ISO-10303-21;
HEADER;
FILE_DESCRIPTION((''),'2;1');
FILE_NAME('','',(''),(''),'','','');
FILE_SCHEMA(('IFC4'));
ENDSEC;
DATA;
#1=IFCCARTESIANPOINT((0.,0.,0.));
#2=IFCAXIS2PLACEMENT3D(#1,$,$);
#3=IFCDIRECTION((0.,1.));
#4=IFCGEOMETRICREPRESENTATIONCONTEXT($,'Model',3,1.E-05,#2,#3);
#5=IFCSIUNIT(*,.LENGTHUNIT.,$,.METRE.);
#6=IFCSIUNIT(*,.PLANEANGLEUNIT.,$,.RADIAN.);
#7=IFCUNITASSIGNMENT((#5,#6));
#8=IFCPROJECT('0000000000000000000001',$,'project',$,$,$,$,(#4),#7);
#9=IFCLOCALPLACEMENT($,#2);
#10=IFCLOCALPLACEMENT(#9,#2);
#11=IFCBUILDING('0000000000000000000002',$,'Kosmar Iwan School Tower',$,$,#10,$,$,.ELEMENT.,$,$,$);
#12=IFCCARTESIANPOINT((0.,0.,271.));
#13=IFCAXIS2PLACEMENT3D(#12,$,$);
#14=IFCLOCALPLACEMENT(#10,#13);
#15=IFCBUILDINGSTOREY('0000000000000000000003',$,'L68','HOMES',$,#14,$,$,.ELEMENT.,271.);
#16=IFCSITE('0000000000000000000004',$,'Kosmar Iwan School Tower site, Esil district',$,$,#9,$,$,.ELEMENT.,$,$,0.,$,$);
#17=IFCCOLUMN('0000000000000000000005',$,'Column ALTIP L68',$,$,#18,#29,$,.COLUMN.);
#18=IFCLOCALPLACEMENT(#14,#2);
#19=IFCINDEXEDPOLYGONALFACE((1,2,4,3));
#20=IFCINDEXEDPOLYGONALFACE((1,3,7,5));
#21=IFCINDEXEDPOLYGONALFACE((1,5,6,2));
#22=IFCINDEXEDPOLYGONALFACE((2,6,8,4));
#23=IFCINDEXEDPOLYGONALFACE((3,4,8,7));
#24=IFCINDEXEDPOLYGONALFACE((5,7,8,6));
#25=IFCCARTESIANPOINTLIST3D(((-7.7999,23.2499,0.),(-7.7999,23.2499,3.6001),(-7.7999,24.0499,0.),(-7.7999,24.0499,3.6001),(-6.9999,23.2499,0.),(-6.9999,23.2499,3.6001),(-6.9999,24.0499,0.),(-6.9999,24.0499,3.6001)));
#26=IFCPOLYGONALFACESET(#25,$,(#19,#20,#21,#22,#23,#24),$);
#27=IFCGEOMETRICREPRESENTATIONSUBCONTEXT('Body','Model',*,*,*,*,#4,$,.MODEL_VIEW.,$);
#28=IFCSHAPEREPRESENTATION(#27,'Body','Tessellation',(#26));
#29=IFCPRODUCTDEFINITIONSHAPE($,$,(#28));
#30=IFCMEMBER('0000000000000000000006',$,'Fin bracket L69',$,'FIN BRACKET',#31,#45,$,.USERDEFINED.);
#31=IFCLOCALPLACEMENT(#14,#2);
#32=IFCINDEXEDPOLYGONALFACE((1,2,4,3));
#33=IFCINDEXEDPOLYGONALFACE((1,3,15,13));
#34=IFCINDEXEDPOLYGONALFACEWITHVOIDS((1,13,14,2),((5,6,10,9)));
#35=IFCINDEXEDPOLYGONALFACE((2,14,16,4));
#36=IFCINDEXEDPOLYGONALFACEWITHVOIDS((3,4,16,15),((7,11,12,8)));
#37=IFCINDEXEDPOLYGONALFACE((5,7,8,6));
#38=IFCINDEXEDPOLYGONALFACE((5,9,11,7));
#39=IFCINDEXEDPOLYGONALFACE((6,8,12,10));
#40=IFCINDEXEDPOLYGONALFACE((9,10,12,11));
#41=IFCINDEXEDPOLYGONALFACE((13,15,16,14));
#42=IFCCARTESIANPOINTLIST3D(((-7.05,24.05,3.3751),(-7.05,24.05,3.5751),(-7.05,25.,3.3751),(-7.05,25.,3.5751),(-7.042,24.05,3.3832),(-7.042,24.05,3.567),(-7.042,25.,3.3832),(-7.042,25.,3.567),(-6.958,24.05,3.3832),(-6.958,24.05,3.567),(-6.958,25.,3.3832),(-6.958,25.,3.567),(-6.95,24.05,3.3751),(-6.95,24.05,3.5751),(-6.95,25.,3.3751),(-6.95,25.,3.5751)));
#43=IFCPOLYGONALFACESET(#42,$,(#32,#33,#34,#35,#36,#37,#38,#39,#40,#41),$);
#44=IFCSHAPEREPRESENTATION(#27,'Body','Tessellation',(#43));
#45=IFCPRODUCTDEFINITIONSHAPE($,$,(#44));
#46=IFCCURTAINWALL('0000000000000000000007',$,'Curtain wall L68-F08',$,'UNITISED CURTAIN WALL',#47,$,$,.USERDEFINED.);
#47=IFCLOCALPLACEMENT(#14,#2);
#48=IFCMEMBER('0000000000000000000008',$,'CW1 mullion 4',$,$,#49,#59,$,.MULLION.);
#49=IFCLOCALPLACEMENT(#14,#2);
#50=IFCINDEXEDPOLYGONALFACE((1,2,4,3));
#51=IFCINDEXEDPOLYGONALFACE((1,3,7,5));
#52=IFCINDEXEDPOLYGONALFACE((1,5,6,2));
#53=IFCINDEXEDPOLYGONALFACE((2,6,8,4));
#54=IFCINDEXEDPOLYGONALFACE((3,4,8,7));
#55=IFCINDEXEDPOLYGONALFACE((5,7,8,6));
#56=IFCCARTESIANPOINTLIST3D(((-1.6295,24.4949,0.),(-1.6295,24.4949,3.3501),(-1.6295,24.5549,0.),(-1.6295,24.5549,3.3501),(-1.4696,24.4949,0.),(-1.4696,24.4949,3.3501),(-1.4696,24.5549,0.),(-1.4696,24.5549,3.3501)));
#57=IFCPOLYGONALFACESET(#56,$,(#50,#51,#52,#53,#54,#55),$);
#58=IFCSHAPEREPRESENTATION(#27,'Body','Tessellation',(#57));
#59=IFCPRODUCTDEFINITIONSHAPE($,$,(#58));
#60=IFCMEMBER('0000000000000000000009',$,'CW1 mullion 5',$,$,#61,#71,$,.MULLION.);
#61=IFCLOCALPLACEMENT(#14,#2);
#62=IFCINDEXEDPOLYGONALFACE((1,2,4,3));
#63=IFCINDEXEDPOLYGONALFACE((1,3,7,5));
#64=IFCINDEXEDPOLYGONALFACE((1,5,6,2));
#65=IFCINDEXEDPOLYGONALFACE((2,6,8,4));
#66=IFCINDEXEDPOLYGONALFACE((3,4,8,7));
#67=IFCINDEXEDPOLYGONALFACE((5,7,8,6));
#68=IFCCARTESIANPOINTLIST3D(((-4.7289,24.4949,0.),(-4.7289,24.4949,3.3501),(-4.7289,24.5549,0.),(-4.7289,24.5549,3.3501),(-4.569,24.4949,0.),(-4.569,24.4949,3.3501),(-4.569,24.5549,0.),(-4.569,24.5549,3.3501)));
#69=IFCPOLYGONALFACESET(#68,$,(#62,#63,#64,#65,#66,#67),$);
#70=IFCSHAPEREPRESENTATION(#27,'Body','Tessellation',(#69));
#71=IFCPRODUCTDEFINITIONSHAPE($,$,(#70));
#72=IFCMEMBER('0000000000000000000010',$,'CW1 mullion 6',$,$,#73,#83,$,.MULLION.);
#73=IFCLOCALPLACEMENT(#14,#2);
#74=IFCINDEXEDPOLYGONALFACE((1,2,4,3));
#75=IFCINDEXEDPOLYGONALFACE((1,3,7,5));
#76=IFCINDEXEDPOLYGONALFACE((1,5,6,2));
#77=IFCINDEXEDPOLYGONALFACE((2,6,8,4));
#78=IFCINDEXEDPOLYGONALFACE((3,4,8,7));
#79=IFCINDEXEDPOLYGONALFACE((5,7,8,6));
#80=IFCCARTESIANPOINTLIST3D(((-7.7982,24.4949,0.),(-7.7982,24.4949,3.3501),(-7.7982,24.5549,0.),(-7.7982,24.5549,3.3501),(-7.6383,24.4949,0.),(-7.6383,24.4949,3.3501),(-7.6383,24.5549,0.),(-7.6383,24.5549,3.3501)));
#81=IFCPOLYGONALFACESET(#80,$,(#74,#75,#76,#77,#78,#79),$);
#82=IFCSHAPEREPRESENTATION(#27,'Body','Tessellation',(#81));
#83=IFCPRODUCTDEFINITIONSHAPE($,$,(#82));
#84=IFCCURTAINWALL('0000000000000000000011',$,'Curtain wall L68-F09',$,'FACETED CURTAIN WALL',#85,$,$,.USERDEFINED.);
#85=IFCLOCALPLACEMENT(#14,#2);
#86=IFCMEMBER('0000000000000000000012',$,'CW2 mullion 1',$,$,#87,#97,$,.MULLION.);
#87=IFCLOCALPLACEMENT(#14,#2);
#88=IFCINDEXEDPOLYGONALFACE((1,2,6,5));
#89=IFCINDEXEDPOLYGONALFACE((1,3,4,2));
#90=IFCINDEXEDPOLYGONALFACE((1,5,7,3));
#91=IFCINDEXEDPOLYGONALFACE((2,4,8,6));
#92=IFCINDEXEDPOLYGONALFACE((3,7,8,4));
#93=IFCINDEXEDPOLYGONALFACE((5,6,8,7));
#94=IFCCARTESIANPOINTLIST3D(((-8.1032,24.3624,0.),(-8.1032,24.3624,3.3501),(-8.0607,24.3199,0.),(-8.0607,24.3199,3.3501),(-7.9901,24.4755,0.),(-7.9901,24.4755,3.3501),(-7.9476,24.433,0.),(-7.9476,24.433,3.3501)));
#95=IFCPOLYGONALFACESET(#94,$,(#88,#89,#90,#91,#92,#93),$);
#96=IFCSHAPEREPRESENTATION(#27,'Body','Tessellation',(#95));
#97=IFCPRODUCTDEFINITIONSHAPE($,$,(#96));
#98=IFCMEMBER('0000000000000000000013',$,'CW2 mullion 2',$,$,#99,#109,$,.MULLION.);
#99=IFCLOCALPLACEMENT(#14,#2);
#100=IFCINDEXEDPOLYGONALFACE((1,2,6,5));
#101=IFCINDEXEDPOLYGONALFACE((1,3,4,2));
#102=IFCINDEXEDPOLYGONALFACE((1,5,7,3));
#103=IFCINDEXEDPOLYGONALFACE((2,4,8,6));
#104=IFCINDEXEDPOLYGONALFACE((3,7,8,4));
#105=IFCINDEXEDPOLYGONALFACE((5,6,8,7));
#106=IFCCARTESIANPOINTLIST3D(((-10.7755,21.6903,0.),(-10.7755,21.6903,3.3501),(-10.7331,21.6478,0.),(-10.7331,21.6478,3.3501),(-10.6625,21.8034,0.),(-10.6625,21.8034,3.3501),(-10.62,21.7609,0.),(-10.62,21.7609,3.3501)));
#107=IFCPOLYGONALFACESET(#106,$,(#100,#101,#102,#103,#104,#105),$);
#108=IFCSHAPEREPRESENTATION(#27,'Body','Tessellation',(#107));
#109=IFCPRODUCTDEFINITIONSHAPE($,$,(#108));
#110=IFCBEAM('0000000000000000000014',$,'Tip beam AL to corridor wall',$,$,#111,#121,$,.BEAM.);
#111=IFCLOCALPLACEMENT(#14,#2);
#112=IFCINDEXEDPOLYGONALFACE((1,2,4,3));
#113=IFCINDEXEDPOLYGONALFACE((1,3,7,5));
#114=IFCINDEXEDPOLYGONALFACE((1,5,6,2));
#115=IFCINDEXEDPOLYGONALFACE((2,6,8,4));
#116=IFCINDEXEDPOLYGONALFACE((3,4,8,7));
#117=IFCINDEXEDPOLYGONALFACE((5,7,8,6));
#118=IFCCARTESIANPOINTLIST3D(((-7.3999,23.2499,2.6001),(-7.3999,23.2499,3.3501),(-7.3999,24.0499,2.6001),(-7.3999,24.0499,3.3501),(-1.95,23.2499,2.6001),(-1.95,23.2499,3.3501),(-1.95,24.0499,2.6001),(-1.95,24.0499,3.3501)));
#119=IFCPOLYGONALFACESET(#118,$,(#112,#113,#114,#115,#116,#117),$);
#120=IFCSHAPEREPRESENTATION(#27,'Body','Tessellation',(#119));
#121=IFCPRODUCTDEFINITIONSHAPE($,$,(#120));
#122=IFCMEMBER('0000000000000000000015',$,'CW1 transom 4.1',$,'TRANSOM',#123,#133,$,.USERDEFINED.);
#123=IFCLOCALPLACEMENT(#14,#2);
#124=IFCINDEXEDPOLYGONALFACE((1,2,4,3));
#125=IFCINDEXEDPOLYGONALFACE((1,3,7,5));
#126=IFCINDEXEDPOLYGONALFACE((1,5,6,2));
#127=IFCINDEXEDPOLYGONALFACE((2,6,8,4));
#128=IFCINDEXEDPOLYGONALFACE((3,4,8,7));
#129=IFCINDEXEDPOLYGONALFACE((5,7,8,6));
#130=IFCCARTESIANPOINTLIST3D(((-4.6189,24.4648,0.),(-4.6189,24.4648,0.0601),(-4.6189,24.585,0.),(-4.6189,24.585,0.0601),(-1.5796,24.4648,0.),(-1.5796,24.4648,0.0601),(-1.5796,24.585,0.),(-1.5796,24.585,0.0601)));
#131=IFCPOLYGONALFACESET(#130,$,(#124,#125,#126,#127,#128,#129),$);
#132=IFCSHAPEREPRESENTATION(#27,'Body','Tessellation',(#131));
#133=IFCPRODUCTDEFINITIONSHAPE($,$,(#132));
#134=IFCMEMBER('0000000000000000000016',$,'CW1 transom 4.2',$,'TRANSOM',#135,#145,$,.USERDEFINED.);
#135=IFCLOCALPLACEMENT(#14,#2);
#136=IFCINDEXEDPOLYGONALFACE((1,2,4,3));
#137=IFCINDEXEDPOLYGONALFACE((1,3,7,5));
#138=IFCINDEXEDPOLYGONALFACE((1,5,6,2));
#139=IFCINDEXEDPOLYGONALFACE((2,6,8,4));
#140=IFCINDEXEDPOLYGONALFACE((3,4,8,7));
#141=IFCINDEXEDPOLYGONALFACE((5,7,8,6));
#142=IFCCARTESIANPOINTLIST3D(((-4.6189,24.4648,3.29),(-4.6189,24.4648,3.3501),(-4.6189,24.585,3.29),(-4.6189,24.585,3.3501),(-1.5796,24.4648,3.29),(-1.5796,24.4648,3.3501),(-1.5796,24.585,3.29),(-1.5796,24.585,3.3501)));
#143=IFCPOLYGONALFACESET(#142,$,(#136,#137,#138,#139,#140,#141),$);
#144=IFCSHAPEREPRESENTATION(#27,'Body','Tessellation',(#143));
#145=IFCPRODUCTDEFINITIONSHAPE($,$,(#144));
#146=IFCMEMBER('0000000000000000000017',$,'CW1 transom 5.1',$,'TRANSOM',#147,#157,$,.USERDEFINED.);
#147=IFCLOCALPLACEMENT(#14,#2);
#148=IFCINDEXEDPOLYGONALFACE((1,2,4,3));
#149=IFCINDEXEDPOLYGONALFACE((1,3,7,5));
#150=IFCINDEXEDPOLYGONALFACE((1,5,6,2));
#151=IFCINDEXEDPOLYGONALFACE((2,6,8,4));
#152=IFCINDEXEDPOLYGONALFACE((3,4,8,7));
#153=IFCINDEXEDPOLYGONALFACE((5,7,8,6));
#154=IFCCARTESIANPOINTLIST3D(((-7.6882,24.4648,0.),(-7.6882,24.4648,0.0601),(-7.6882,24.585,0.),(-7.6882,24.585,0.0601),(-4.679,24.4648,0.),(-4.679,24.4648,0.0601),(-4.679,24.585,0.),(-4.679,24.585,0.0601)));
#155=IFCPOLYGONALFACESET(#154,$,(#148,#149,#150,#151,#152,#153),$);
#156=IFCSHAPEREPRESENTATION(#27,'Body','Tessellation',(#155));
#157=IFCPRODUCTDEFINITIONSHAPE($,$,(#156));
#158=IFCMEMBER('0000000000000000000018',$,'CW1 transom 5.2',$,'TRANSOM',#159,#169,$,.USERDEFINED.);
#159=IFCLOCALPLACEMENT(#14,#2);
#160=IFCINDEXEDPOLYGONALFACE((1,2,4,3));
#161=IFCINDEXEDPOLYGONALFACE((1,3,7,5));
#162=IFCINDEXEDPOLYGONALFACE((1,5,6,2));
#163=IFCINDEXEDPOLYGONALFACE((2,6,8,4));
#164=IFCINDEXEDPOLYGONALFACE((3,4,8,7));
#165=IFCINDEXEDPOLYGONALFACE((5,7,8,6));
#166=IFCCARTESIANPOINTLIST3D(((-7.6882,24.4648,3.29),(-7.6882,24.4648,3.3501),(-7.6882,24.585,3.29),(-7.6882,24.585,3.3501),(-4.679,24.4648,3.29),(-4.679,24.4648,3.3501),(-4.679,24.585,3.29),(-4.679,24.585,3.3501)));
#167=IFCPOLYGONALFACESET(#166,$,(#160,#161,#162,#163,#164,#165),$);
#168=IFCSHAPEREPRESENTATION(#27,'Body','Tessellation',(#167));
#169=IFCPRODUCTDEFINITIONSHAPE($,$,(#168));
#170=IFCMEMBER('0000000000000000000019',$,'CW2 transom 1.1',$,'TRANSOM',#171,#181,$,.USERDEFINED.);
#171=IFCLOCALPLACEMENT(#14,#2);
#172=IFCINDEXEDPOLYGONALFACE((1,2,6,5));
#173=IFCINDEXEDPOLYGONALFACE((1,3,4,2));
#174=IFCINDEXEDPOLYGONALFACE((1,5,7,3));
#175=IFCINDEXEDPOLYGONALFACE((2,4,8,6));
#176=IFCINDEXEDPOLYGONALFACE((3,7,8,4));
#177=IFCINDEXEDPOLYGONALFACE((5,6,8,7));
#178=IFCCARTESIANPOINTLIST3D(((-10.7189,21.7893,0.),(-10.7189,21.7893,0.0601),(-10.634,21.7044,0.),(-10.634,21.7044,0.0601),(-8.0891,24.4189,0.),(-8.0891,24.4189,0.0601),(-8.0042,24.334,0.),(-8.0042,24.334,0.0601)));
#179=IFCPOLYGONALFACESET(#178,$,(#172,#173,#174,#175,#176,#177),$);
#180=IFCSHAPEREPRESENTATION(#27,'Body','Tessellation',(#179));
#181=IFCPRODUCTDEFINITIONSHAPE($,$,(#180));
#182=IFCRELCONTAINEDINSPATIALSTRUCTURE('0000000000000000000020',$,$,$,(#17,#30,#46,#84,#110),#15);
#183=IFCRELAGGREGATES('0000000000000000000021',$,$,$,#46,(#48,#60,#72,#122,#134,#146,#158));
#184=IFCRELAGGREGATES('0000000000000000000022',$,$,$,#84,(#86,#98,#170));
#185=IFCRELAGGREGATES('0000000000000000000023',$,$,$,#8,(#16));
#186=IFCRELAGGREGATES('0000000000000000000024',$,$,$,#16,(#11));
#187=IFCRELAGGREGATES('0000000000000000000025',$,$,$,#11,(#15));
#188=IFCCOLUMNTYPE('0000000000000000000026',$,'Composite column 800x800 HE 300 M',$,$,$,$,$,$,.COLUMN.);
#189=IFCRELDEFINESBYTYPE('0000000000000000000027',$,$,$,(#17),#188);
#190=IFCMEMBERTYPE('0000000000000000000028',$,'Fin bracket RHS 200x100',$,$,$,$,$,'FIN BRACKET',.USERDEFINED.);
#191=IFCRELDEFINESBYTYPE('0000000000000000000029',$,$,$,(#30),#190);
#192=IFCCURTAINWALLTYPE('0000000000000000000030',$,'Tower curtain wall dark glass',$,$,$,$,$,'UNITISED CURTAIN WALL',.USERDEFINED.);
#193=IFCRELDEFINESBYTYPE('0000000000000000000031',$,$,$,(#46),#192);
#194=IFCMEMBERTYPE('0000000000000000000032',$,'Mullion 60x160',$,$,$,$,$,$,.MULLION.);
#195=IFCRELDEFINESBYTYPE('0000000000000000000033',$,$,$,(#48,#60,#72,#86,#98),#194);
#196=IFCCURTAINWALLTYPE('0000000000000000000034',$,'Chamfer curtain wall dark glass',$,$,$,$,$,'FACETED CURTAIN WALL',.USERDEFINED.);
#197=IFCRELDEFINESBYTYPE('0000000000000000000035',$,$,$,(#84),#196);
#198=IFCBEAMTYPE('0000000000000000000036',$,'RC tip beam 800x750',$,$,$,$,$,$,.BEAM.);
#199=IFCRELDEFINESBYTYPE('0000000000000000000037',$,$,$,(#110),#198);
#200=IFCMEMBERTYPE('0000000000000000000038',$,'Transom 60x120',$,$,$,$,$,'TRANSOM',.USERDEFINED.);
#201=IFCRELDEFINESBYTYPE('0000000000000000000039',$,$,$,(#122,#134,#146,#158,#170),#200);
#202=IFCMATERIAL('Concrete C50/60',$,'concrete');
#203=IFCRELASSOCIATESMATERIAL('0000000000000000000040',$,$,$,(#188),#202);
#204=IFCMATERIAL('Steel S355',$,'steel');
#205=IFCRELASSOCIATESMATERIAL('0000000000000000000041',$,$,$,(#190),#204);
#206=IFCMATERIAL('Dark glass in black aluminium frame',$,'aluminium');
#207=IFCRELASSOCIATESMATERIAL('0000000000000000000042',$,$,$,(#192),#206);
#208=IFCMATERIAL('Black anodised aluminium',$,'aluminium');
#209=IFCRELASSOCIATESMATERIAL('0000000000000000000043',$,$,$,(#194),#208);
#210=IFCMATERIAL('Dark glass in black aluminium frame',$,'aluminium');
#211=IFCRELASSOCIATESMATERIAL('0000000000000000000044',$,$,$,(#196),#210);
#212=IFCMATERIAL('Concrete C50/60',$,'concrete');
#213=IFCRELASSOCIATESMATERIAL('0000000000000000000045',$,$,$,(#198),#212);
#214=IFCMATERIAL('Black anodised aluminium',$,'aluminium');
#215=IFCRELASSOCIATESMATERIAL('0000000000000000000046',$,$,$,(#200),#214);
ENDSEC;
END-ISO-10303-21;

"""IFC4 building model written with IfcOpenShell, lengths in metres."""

from ifc_helpers import new_model, si_unit, direction, frame, origin, origin_2d, place, context, subcontext, project, spatial, rectangle, hollow_rectangle, extrude, material, material_profile, profile_set, type_object, element, aggregate, save


model = new_model("IFC4")

# Units and contexts
model_context = context("Model", 3, precision=1e-05, world=origin(), true_north=direction((0.0, 1.0)))
body_context = subcontext(model_context, "Body", "Model", "MODEL_VIEW")
ifc_project = project(units=[si_unit("LENGTHUNIT", "METRE"), si_unit("PLANEANGLEUNIT", "RADIAN")], contexts=[model_context])

# Site, building, storey
site_placement = place(None, origin())
site = spatial("IfcSite", under=ifc_project, at=site_placement, Name="Kosmar Iwan School Tower site, Esil district", CompositionType="ELEMENT", RefElevation=0.0)
building_placement = place(site_placement, origin())
building = spatial("IfcBuilding", under=site, at=building_placement, Name="Kosmar Iwan School Tower", CompositionType="ELEMENT")
storey_placement = place(building_placement, frame((0.0, 0.0, 271.0)))
storey = spatial("IfcBuildingStorey", under=building, at=storey_placement, Name="L68", Description="HOMES", CompositionType="ELEMENT", Elevation=271.0)

# Column
ifc_material_1 = material(Name="Concrete C50/60", Category="concrete")
ifc_material_profile_1 = material_profile(ifc_material_1, rectangle(XDim=0.8, YDim=0.8, at=origin_2d()), Name="RC 800x800 + HE 300 M")
ifc_profile_set_1 = profile_set([ifc_material_profile_1], Name="Concrete C50/60")
column_type = type_object("IfcColumnType", Name="Composite column 800x800 HE 300 M", PredefinedType="COLUMN", material=ifc_profile_set_1)
column_placement = place(storey_placement, frame((-7.3999, 23.6499, 0.0), z_axis=(0.0, 0.0, 1.0), x_axis=(0.0, 1.0, 0.0)))
element("IfcColumn", 1, at=column_placement, inside=storey, type_object=column_type, Name="Column ALTIP L68", PredefinedType="COLUMN", context=body_context, shape_type="SweptSolid", body=[
    extrude(rectangle(XDim=0.8, YDim=0.8, at=origin_2d()), origin(), (0.0, 0.0, 1.0), 3.6001),
])

# Member
ifc_material_2 = material(Name="Steel S355", Category="steel")
ifc_material_profile_2 = material_profile(ifc_material_2, hollow_rectangle(XDim=0.1001, YDim=0.2, WallThickness=0.0081, at=origin_2d()), Name="RHS 200x100x8")
ifc_profile_set_2 = profile_set([ifc_material_profile_2], Name="Steel S355")
member_type_1 = type_object("IfcMemberType", Name="Fin bracket RHS 200x100", ElementType="FIN BRACKET", PredefinedType="USERDEFINED", material=ifc_profile_set_2)
member_1_placement = place(storey_placement, frame((-7.0, 24.05, 3.4751), z_axis=(0.0, 1.0, 0.0), x_axis=(-1.0, 0.0, 0.0)))
element("IfcMember", 2, at=member_1_placement, inside=storey, type_object=member_type_1, Name="Fin bracket L69", ObjectType="FIN BRACKET", PredefinedType="USERDEFINED", context=body_context, shape_type="SweptSolid", body=[
    extrude(hollow_rectangle(XDim=0.1001, YDim=0.2, WallThickness=0.0081, at=origin_2d()), origin(), (0.0, 0.0, 1.0), 0.95),
])

# Curtain walls, members
ifc_material_3 = material(Name="Dark glass in black aluminium frame", Category="aluminium")
curtain_wall_type_1 = type_object("IfcCurtainWallType", Name="Tower curtain wall dark glass", ElementType="UNITISED CURTAIN WALL", PredefinedType="USERDEFINED", material=ifc_material_3)
curtain_wall_1_placement = place(storey_placement, origin())
curtain_wall_1 = element("IfcCurtainWall", 3, at=curtain_wall_1_placement, inside=storey, type_object=curtain_wall_type_1, Name="Curtain wall L68-F08", ObjectType="UNITISED CURTAIN WALL", PredefinedType="USERDEFINED")
ifc_material_4 = material(Name="Black anodised aluminium", Category="aluminium")
ifc_material_profile_3 = material_profile(ifc_material_4, rectangle(XDim=0.0601, YDim=0.1599, at=origin_2d()), Name="MULLION 60x160")
ifc_profile_set_3 = profile_set([ifc_material_profile_3], Name="Black anodised aluminium")
member_type_2 = type_object("IfcMemberType", Name="Mullion 60x160", PredefinedType="MULLION", material=ifc_profile_set_3)
member_2_placement = place(storey_placement, frame((-1.5496, 24.5249, 0.0), z_axis=(0.0, 0.0, 1.0), x_axis=(0.0, -1.0, 0.0)))
member_2 = element("IfcMember", 4, at=member_2_placement, type_object=member_type_2, Name="CW1 mullion 4", PredefinedType="MULLION", context=body_context, shape_type="SweptSolid", body=[
    extrude(rectangle(XDim=0.0601, YDim=0.1599, at=origin_2d()), origin(), (0.0, 0.0, 1.0), 3.3501),
])
member_3_placement = place(storey_placement, frame((-4.6489, 24.5249, 0.0), z_axis=(0.0, 0.0, 1.0), x_axis=(0.0, -1.0, 0.0)))
member_3 = element("IfcMember", 5, at=member_3_placement, type_object=member_type_2, Name="CW1 mullion 5", PredefinedType="MULLION", context=body_context, shape_type="SweptSolid", body=[
    extrude(rectangle(XDim=0.0601, YDim=0.1599, at=origin_2d()), origin(), (0.0, 0.0, 1.0), 3.3501),
])
member_4_placement = place(storey_placement, frame((-7.7183, 24.5249, 0.0), z_axis=(0.0, 0.0, 1.0), x_axis=(0.0, -1.0, 0.0)))
member_4 = element("IfcMember", 6, at=member_4_placement, type_object=member_type_2, Name="CW1 mullion 6", PredefinedType="MULLION", context=body_context, shape_type="SweptSolid", body=[
    extrude(rectangle(XDim=0.0601, YDim=0.1599, at=origin_2d()), origin(), (0.0, 0.0, 1.0), 3.3501),
])
ifc_material_5 = material(Name="Dark glass in black aluminium frame", Category="aluminium")
curtain_wall_type_2 = type_object("IfcCurtainWallType", Name="Chamfer curtain wall dark glass", ElementType="FACETED CURTAIN WALL", PredefinedType="USERDEFINED", material=ifc_material_5)
curtain_wall_2_placement = place(storey_placement, origin())
curtain_wall_2 = element("IfcCurtainWall", 7, at=curtain_wall_2_placement, inside=storey, type_object=curtain_wall_type_2, Name="Curtain wall L68-F09", ObjectType="FACETED CURTAIN WALL", PredefinedType="USERDEFINED")
member_5_placement = place(storey_placement, frame((-8.0254, 24.3977, 0.0), z_axis=(0.0, 0.0, 1.0), x_axis=(0.707107, -0.707107, 0.0)))
member_5 = element("IfcMember", 8, at=member_5_placement, type_object=member_type_2, Name="CW2 mullion 1", PredefinedType="MULLION", context=body_context, shape_type="SweptSolid", body=[
    extrude(rectangle(XDim=0.0601, YDim=0.1599, at=origin_2d()), origin(), (0.0, 0.0, 1.0), 3.3501),
])
member_6_placement = place(storey_placement, frame((-10.6978, 21.7256, 0.0), z_axis=(0.0, 0.0, 1.0), x_axis=(0.707107, -0.707107, 0.0)))
member_6 = element("IfcMember", 9, at=member_6_placement, type_object=member_type_2, Name="CW2 mullion 2", PredefinedType="MULLION", context=body_context, shape_type="SweptSolid", body=[
    extrude(rectangle(XDim=0.0601, YDim=0.1599, at=origin_2d()), origin(), (0.0, 0.0, 1.0), 3.3501),
])

# Beam
ifc_material_6 = material(Name="Concrete C50/60", Category="concrete")
ifc_material_profile_4 = material_profile(ifc_material_6, rectangle(XDim=0.8, YDim=0.75, at=origin_2d()), Name="RC 800x750")
ifc_profile_set_4 = profile_set([ifc_material_profile_4], Name="Concrete C50/60")
beam_type = type_object("IfcBeamType", Name="RC tip beam 800x750", PredefinedType="BEAM", material=ifc_profile_set_4)
beam_placement = place(storey_placement, frame((-7.3999, 23.6499, 2.9751), z_axis=(1.0, 0.0, 0.0), x_axis=(0.0, 1.0, 0.0)))
element("IfcBeam", 10, at=beam_placement, inside=storey, type_object=beam_type, Name="Tip beam AL to corridor wall", PredefinedType="BEAM", context=body_context, shape_type="SweptSolid", body=[
    extrude(rectangle(XDim=0.8, YDim=0.75, at=origin_2d()), origin(), (0.0, 0.0, 1.0), 5.45),
])

# Members
ifc_material_7 = material(Name="Black anodised aluminium", Category="aluminium")
ifc_material_profile_5 = material_profile(ifc_material_7, rectangle(XDim=0.1201, YDim=0.0601, at=origin_2d()), Name="TRANSOM 60x120")
ifc_profile_set_5 = profile_set([ifc_material_profile_5], Name="Black anodised aluminium")
member_type_3 = type_object("IfcMemberType", Name="Transom 60x120", ElementType="TRANSOM", PredefinedType="USERDEFINED", material=ifc_profile_set_5)
member_7_placement = place(storey_placement, frame((-1.5796, 24.5249, 0.03), z_axis=(-1.0, 0.0, 0.0), x_axis=(0.0, -1.0, 0.0)))
member_7 = element("IfcMember", 11, at=member_7_placement, type_object=member_type_3, Name="CW1 transom 4.1", ObjectType="TRANSOM", PredefinedType="USERDEFINED", context=body_context, shape_type="SweptSolid", body=[
    extrude(rectangle(XDim=0.1201, YDim=0.0601, at=origin_2d()), origin(), (0.0, 0.0, 1.0), 3.0393),
])
member_8_placement = place(storey_placement, frame((-1.5796, 24.5249, 3.3201), z_axis=(-1.0, 0.0, 0.0), x_axis=(0.0, -1.0, 0.0)))
member_8 = element("IfcMember", 12, at=member_8_placement, type_object=member_type_3, Name="CW1 transom 4.2", ObjectType="TRANSOM", PredefinedType="USERDEFINED", context=body_context, shape_type="SweptSolid", body=[
    extrude(rectangle(XDim=0.1201, YDim=0.0601, at=origin_2d()), origin(), (0.0, 0.0, 1.0), 3.0393),
])
member_9_placement = place(storey_placement, frame((-4.679, 24.5249, 0.03), z_axis=(-1.0, 0.0, 0.0), x_axis=(0.0, -1.0, 0.0)))
member_9 = element("IfcMember", 13, at=member_9_placement, type_object=member_type_3, Name="CW1 transom 5.1", ObjectType="TRANSOM", PredefinedType="USERDEFINED", context=body_context, shape_type="SweptSolid", body=[
    extrude(rectangle(XDim=0.1201, YDim=0.0601, at=origin_2d()), origin(), (0.0, 0.0, 1.0), 3.0093),
])
member_10_placement = place(storey_placement, frame((-4.679, 24.5249, 3.3201), z_axis=(-1.0, 0.0, 0.0), x_axis=(0.0, -1.0, 0.0)))
member_10 = element("IfcMember", 14, at=member_10_placement, type_object=member_type_3, Name="CW1 transom 5.2", ObjectType="TRANSOM", PredefinedType="USERDEFINED", context=body_context, shape_type="SweptSolid", body=[
    extrude(rectangle(XDim=0.1201, YDim=0.0601, at=origin_2d()), origin(), (0.0, 0.0, 1.0), 3.0093),
])
member_11_placement = place(storey_placement, frame((-8.0466, 24.3765, 0.03), z_axis=(-0.70714, -0.707074, 0.0), x_axis=(0.707074, -0.70714, 0.0)))
member_11 = element("IfcMember", 15, at=member_11_placement, type_object=member_type_3, Name="CW2 transom 1.1", ObjectType="TRANSOM", PredefinedType="USERDEFINED", context=body_context, shape_type="SweptSolid", body=[
    extrude(rectangle(XDim=0.1201, YDim=0.0601, at=origin_2d()), origin(), (0.0, 0.0, 1.0), 3.719),
])

aggregate(curtain_wall_1, [member_2, member_3, member_4, member_7, member_8, member_9, member_10])
aggregate(curtain_wall_2, [member_5, member_6, member_11])

save(model, "model.ifc")
